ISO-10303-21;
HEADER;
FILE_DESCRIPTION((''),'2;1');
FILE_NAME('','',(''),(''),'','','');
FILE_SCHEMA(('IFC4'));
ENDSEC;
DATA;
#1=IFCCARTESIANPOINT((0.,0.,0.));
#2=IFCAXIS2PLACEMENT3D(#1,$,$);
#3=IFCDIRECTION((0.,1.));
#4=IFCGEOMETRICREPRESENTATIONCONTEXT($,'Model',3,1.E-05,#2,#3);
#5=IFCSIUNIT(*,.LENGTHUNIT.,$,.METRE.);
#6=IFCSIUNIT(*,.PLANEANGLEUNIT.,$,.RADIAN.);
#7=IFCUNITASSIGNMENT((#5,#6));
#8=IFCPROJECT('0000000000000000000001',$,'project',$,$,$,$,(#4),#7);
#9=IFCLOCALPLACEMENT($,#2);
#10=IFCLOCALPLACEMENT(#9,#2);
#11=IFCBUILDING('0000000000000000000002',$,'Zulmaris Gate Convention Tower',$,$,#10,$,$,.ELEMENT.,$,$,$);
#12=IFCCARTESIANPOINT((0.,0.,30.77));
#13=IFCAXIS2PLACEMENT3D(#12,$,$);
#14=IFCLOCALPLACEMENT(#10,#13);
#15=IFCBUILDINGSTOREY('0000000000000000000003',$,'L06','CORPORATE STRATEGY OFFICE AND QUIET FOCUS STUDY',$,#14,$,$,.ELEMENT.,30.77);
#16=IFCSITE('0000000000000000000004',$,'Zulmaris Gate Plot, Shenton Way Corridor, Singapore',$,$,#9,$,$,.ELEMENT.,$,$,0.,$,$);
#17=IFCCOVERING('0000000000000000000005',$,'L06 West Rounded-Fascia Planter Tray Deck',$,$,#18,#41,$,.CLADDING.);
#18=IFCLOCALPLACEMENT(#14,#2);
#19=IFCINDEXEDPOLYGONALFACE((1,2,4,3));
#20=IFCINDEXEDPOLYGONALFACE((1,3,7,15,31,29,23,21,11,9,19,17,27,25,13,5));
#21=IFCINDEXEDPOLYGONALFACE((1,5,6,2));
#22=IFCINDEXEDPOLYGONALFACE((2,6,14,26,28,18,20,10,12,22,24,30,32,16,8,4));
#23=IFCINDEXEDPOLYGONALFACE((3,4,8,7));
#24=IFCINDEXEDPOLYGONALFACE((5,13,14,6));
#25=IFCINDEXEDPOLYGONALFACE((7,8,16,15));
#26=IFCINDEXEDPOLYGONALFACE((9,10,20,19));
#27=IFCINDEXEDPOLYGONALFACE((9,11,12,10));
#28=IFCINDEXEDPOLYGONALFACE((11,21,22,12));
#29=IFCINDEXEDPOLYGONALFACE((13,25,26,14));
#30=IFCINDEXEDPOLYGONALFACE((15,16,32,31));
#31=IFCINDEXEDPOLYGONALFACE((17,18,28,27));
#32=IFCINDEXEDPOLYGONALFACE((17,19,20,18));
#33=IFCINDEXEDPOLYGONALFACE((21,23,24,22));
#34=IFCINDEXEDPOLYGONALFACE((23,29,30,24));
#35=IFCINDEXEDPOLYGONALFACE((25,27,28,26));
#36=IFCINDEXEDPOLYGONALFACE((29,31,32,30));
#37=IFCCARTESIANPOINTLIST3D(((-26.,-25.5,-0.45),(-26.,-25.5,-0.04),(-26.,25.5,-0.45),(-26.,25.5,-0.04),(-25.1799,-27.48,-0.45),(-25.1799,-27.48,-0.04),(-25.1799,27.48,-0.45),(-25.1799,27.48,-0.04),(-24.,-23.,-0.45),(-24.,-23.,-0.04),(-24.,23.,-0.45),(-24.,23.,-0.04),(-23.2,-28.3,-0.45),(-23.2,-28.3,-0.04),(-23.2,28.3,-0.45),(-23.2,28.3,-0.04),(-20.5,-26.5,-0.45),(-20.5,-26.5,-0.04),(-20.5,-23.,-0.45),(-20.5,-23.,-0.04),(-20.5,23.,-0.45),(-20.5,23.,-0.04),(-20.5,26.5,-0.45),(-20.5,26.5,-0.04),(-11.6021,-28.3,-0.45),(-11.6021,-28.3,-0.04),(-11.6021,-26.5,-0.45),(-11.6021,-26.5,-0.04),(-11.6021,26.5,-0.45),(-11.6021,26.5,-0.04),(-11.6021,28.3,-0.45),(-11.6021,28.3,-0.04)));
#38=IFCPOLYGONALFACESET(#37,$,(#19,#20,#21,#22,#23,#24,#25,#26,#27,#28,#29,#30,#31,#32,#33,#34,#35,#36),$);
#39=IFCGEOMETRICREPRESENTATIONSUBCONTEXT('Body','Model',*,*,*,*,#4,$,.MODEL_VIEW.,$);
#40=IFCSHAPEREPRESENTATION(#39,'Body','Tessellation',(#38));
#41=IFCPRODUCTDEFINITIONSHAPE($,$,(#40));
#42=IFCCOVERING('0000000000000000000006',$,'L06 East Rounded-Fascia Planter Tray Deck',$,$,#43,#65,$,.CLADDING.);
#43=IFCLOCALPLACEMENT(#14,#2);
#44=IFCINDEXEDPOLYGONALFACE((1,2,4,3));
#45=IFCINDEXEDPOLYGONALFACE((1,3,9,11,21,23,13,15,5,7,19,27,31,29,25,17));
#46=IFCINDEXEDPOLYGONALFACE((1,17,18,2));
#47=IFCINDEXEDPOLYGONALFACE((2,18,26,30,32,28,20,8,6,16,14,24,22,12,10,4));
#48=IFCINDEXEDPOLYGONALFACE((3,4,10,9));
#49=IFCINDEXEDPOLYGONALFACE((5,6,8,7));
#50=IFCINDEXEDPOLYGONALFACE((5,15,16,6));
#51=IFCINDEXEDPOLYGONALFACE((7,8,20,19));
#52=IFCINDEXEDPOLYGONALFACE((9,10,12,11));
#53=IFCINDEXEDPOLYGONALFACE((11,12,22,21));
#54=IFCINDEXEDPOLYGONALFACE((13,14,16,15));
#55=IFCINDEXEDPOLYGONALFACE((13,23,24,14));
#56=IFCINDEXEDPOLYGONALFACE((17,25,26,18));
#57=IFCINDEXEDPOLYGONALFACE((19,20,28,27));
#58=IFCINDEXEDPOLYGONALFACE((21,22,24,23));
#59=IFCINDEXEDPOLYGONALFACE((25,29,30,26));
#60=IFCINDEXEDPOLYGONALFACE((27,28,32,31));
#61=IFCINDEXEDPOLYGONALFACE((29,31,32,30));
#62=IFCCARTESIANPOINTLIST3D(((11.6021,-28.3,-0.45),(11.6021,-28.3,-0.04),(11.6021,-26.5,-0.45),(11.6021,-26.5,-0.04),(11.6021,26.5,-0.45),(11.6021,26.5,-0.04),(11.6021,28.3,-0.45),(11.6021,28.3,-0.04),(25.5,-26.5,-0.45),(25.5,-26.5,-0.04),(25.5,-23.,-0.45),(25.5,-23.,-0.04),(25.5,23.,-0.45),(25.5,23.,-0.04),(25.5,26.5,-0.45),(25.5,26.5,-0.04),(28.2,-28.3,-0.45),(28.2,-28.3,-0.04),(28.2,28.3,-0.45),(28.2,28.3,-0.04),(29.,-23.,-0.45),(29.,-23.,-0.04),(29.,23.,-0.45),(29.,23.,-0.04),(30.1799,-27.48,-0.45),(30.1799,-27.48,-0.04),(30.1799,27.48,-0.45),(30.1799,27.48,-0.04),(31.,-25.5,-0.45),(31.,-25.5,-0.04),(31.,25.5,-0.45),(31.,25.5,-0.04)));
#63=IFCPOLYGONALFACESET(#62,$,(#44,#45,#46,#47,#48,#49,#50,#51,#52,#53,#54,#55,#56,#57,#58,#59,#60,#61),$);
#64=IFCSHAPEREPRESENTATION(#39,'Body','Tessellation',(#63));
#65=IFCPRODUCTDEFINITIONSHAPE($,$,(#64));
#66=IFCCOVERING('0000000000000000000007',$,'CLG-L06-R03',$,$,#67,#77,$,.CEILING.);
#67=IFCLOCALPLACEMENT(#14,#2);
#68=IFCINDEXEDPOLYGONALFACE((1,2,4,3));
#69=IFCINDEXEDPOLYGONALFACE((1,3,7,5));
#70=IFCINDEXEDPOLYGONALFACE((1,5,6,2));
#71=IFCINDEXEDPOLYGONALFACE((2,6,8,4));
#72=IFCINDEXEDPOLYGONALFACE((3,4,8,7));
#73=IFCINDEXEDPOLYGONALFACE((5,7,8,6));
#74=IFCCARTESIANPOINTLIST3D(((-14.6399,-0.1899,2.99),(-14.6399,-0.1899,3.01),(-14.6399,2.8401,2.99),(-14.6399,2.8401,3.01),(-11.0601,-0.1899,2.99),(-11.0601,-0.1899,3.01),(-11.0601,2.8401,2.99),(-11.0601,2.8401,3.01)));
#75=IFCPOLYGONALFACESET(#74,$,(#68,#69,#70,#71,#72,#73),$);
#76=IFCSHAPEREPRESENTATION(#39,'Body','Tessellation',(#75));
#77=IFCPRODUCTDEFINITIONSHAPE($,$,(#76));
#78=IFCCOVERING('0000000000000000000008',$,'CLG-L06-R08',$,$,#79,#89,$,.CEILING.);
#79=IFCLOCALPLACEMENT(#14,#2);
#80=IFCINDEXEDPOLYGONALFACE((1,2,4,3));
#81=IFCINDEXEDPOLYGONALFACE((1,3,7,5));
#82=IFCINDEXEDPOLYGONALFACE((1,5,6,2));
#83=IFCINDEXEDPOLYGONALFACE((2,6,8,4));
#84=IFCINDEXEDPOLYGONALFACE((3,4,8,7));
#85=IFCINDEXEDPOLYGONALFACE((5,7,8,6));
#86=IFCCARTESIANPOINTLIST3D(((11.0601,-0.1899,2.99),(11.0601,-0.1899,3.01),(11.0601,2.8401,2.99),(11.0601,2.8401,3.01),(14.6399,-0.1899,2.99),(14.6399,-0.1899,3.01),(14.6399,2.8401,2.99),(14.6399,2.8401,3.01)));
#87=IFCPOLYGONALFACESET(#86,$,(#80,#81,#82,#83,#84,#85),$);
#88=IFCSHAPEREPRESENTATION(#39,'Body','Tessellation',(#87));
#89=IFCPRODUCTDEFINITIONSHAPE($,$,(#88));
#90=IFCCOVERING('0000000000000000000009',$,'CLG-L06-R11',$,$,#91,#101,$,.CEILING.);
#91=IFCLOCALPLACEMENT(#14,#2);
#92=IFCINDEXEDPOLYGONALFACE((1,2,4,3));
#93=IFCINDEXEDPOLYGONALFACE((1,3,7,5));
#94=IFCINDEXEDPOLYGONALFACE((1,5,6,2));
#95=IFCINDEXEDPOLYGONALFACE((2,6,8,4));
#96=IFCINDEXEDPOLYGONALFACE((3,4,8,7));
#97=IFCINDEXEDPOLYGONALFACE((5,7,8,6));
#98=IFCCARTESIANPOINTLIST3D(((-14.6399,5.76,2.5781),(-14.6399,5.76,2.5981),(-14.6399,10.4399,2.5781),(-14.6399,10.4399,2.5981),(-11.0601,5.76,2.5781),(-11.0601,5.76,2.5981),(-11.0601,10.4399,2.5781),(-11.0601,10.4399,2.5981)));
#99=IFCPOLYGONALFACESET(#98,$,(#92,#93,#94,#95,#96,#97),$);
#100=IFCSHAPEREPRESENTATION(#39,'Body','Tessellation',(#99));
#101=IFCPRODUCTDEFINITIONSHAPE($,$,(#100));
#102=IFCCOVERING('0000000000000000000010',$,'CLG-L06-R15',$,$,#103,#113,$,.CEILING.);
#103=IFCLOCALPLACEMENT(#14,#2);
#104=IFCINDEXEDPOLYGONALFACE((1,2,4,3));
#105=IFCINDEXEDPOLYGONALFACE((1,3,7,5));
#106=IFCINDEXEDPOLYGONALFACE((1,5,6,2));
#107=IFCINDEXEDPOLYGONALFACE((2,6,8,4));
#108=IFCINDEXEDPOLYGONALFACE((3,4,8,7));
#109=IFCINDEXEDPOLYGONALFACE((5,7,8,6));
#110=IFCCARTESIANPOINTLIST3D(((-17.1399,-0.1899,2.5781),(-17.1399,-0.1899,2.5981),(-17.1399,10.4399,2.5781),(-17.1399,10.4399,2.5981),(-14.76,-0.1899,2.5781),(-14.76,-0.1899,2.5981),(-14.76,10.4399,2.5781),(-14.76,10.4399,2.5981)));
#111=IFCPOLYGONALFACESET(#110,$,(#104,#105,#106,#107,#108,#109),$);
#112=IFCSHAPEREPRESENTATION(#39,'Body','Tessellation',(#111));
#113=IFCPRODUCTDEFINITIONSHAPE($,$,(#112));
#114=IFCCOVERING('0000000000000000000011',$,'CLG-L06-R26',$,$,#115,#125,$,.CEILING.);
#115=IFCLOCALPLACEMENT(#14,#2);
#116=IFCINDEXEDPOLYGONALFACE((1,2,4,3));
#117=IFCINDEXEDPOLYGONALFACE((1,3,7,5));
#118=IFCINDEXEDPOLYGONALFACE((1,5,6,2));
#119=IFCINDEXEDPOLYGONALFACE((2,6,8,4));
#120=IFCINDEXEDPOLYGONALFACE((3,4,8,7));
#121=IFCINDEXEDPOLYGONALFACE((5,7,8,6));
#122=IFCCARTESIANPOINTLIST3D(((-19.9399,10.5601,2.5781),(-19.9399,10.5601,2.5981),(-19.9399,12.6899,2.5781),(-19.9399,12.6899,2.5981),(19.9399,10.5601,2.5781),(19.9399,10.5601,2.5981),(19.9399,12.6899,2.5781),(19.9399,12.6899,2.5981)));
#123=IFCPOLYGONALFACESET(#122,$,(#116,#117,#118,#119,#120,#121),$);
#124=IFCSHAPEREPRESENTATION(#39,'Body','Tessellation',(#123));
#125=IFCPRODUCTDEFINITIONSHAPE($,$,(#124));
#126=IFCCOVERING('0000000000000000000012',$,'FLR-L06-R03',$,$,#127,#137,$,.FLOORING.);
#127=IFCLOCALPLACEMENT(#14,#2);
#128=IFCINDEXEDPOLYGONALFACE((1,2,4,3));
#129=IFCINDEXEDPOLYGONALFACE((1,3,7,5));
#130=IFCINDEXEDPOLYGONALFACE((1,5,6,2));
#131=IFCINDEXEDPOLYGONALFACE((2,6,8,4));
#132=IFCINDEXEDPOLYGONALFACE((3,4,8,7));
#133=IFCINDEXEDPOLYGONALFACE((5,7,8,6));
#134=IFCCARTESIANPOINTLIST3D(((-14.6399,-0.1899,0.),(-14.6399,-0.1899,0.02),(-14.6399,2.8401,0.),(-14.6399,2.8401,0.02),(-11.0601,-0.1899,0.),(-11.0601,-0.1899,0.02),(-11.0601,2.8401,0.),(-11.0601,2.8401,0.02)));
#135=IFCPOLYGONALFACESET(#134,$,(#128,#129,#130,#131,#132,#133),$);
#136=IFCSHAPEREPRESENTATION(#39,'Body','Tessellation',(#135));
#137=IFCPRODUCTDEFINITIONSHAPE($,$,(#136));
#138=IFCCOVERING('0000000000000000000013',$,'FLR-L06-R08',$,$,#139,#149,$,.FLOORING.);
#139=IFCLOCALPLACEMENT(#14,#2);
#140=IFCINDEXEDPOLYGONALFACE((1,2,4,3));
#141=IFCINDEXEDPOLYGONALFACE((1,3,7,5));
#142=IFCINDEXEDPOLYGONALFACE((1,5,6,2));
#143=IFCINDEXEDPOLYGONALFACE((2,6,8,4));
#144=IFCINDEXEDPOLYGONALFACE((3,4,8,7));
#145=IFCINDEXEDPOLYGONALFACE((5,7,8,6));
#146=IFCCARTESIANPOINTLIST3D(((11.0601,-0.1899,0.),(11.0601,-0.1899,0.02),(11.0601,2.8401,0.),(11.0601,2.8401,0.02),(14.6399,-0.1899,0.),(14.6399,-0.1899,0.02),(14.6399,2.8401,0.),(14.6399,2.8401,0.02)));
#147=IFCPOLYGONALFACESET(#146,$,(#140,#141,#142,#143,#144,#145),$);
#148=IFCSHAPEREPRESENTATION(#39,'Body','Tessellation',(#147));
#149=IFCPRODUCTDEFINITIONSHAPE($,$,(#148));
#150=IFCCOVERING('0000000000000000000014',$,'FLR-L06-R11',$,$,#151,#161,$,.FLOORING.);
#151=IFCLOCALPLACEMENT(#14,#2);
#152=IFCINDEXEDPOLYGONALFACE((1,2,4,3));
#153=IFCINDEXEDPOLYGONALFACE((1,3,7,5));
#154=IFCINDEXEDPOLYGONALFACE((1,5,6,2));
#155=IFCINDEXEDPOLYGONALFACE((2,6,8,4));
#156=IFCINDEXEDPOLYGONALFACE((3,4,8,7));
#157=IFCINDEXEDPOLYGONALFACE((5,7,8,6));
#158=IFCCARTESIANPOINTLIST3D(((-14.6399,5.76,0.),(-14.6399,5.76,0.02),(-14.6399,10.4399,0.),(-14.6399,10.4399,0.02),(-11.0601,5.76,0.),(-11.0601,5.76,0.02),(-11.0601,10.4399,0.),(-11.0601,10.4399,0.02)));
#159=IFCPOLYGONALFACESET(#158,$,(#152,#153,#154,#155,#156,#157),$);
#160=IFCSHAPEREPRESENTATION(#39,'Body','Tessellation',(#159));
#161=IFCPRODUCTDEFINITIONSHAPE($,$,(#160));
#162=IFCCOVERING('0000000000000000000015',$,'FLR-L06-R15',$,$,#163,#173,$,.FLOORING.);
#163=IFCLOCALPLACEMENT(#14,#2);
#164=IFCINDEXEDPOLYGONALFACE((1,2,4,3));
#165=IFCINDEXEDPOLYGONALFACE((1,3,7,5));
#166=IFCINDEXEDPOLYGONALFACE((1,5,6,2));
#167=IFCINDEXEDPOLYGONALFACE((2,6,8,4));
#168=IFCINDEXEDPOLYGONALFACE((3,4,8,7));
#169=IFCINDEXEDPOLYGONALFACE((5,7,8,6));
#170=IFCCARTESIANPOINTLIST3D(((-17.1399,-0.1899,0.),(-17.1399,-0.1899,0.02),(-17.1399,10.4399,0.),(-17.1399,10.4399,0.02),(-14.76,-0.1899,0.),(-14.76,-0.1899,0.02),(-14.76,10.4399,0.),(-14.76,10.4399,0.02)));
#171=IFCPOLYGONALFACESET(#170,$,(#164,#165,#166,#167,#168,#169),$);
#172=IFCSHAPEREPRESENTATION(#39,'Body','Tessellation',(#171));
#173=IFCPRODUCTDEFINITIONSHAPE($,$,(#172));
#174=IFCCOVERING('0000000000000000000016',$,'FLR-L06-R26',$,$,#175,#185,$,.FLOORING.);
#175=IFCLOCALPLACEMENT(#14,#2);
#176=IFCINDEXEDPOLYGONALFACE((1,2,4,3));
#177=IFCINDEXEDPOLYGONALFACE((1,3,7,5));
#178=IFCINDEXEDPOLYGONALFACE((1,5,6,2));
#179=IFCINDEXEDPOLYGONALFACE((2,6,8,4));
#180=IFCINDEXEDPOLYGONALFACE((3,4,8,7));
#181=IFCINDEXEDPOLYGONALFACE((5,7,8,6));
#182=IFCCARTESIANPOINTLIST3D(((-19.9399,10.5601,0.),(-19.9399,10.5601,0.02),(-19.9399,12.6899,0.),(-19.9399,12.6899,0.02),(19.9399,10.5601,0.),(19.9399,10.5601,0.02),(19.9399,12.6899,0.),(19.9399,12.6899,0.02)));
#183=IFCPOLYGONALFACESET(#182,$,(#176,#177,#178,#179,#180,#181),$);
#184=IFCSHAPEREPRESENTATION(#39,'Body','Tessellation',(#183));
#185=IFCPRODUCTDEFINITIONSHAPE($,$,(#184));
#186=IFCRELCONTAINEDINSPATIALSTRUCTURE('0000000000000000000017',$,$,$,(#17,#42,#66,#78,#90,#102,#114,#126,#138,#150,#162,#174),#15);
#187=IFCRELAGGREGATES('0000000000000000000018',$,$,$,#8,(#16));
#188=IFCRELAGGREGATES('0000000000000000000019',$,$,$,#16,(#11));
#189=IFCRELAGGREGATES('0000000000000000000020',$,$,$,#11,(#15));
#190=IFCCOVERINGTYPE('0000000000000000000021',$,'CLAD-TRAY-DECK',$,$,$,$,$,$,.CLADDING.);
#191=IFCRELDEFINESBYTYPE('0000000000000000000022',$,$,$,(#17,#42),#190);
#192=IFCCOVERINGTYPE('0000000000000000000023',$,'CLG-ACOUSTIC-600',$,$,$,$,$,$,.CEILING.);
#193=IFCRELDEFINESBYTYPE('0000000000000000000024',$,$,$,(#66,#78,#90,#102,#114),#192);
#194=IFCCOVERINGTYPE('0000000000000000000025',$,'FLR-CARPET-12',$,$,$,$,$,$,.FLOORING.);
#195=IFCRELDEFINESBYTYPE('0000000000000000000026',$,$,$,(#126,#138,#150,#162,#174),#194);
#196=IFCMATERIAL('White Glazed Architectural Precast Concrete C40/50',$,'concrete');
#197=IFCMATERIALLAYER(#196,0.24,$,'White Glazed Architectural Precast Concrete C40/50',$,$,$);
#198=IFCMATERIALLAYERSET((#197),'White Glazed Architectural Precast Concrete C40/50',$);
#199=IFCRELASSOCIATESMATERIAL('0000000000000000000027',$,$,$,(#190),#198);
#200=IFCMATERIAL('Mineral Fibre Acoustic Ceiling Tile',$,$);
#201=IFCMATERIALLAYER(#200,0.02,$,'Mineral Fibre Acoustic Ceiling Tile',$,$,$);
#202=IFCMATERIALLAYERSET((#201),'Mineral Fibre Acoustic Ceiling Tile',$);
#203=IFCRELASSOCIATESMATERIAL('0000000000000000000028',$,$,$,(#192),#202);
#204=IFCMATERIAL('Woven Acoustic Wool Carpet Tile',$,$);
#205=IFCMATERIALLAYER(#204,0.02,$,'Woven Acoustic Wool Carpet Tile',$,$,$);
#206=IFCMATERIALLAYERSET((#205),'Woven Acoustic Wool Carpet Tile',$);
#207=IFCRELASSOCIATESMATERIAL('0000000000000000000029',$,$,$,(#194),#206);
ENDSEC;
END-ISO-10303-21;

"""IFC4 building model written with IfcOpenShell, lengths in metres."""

from ifc_helpers import new_model, si_unit, direction, frame, origin, place, context, subcontext, project, spatial, polyline, outline, extrude, material, layer, layer_set, type_object, element, save


model = new_model("IFC4")

# Units and contexts
model_context = context("Model", 3, precision=1e-05, world=origin(), true_north=direction((0.0, 1.0)))
body_context = subcontext(model_context, "Body", "Model", "MODEL_VIEW")
ifc_project = project(units=[si_unit("LENGTHUNIT", "METRE"), si_unit("PLANEANGLEUNIT", "RADIAN")], contexts=[model_context])

# Site, building, storey
site_placement = place(None, origin())
site = spatial("IfcSite", under=ifc_project, at=site_placement, Name="Zulmaris Gate Plot, Shenton Way Corridor, Singapore", CompositionType="ELEMENT", RefElevation=0.0)
building_placement = place(site_placement, origin())
building = spatial("IfcBuilding", under=site, at=building_placement, Name="Zulmaris Gate Convention Tower", CompositionType="ELEMENT")
storey_placement = place(building_placement, frame((0.0, 0.0, 30.77)))
storey = spatial("IfcBuildingStorey", under=building, at=storey_placement, Name="L06", Description="CORPORATE STRATEGY OFFICE AND QUIET FOCUS STUDY", CompositionType="ELEMENT", Elevation=30.77)

# Coverings
ifc_material_1 = material(Name="White Glazed Architectural Precast Concrete C40/50", Category="concrete")
ifc_layer_1 = layer(ifc_material_1, 0.24, Name="White Glazed Architectural Precast Concrete C40/50")
ifc_layer_set_1 = layer_set([ifc_layer_1], Name="White Glazed Architectural Precast Concrete C40/50")
covering_type_1 = type_object("IfcCoveringType", Name="CLAD-TRAY-DECK", PredefinedType="CLADDING", material=ifc_layer_set_1)
covering_1_placement = place(storey_placement, frame((0.0, 0.0, -0.45)))
element("IfcCovering", 1, at=covering_1_placement, inside=storey, type_object=covering_type_1, Name="L06 West Rounded-Fascia Planter Tray Deck", PredefinedType="CLADDING", context=body_context, shape_type="SweptSolid", body=[
    extrude(outline(polyline([(-26.0, 25.5), (-25.1799, 27.48), (-23.2, 28.3), (-11.6021, 28.3), (-11.6021, 26.5), (-20.5, 26.5), (-20.5, 23.0), (-24.0, 23.0), (-24.0, -23.0), (-20.5, -23.0), (-20.5, -26.5), (-11.6021, -26.5), (-11.6021, -28.3), (-23.2, -28.3), (-25.1799, -27.48), (-26.0, -25.5), (-26.0, 25.5)])), origin(), (0.0, 0.0, 1.0), 0.4099),
])
covering_2_placement = place(storey_placement, frame((0.0, 0.0, -0.45)))
element("IfcCovering", 2, at=covering_2_placement, inside=storey, type_object=covering_type_1, Name="L06 East Rounded-Fascia Planter Tray Deck", PredefinedType="CLADDING", context=body_context, shape_type="SweptSolid", body=[
    extrude(outline(polyline([(28.2, 28.3), (30.1799, 27.48), (31.0, 25.5), (31.0, -25.5), (30.1799, -27.48), (28.2, -28.3), (11.6021, -28.3), (11.6021, -26.5), (25.5, -26.5), (25.5, -23.0), (29.0, -23.0), (29.0, 23.0), (25.5, 23.0), (25.5, 26.5), (11.6021, 26.5), (11.6021, 28.3), (28.2, 28.3)])), origin(), (0.0, 0.0, 1.0), 0.4099),
])
ifc_material_2 = material(Name="Mineral Fibre Acoustic Ceiling Tile")
ifc_layer_2 = layer(ifc_material_2, 0.02, Name="Mineral Fibre Acoustic Ceiling Tile")
ifc_layer_set_2 = layer_set([ifc_layer_2], Name="Mineral Fibre Acoustic Ceiling Tile")
covering_type_2 = type_object("IfcCoveringType", Name="CLG-ACOUSTIC-600", PredefinedType="CEILING", material=ifc_layer_set_2)
covering_3_placement = place(storey_placement, frame((0.0, 0.0, 2.99)))
element("IfcCovering", 3, at=covering_3_placement, inside=storey, type_object=covering_type_2, Name="CLG-L06-R03", PredefinedType="CEILING", context=body_context, shape_type="SweptSolid", body=[
    extrude(outline(polyline([(-14.6399, -0.1899), (-11.0601, -0.1899), (-11.0601, 2.8401), (-14.6399, 2.8401), (-14.6399, -0.1899)])), origin(), (0.0, 0.0, 1.0), 0.02),
])
covering_4_placement = place(storey_placement, frame((0.0, 0.0, 2.99)))
element("IfcCovering", 4, at=covering_4_placement, inside=storey, type_object=covering_type_2, Name="CLG-L06-R08", PredefinedType="CEILING", context=body_context, shape_type="SweptSolid", body=[
    extrude(outline(polyline([(11.0601, -0.1899), (14.6399, -0.1899), (14.6399, 2.8401), (11.0601, 2.8401), (11.0601, -0.1899)])), origin(), (0.0, 0.0, 1.0), 0.02),
])
covering_5_placement = place(storey_placement, frame((0.0, 0.0, 2.5781)))
element("IfcCovering", 5, at=covering_5_placement, inside=storey, type_object=covering_type_2, Name="CLG-L06-R11", PredefinedType="CEILING", context=body_context, shape_type="SweptSolid", body=[
    extrude(outline(polyline([(-14.6399, 5.76), (-11.0601, 5.76), (-11.0601, 10.4399), (-14.6399, 10.4399), (-14.6399, 5.76)])), origin(), (0.0, 0.0, 1.0), 0.02),
])
covering_6_placement = place(storey_placement, frame((0.0, 0.0, 2.5781)))
element("IfcCovering", 6, at=covering_6_placement, inside=storey, type_object=covering_type_2, Name="CLG-L06-R15", PredefinedType="CEILING", context=body_context, shape_type="SweptSolid", body=[
    extrude(outline(polyline([(-17.1399, -0.1899), (-14.76, -0.1899), (-14.76, 10.4399), (-17.1399, 10.4399), (-17.1399, -0.1899)])), origin(), (0.0, 0.0, 1.0), 0.02),
])
covering_7_placement = place(storey_placement, frame((0.0, 0.0, 2.5781)))
element("IfcCovering", 7, at=covering_7_placement, inside=storey, type_object=covering_type_2, Name="CLG-L06-R26", PredefinedType="CEILING", context=body_context, shape_type="SweptSolid", body=[
    extrude(outline(polyline([(-19.9399, 10.5601), (19.9399, 10.5601), (19.9399, 12.6899), (-19.9399, 12.6899), (-19.9399, 10.5601)])), origin(), (0.0, 0.0, 1.0), 0.02),
])
ifc_material_3 = material(Name="Woven Acoustic Wool Carpet Tile")
ifc_layer_3 = layer(ifc_material_3, 0.02, Name="Woven Acoustic Wool Carpet Tile")
ifc_layer_set_3 = layer_set([ifc_layer_3], Name="Woven Acoustic Wool Carpet Tile")
covering_type_3 = type_object("IfcCoveringType", Name="FLR-CARPET-12", PredefinedType="FLOORING", material=ifc_layer_set_3)
covering_8_placement = place(storey_placement, origin())
element("IfcCovering", 8, at=covering_8_placement, inside=storey, type_object=covering_type_3, Name="FLR-L06-R03", PredefinedType="FLOORING", context=body_context, shape_type="SweptSolid", body=[
    extrude(outline(polyline([(-14.6399, -0.1899), (-11.0601, -0.1899), (-11.0601, 2.8401), (-14.6399, 2.8401), (-14.6399, -0.1899)])), origin(), (0.0, 0.0, 1.0), 0.02),
])
covering_9_placement = place(storey_placement, origin())
element("IfcCovering", 9, at=covering_9_placement, inside=storey, type_object=covering_type_3, Name="FLR-L06-R08", PredefinedType="FLOORING", context=body_context, shape_type="SweptSolid", body=[
    extrude(outline(polyline([(11.0601, -0.1899), (14.6399, -0.1899), (14.6399, 2.8401), (11.0601, 2.8401), (11.0601, -0.1899)])), origin(), (0.0, 0.0, 1.0), 0.02),
])
covering_10_placement = place(storey_placement, origin())
element("IfcCovering", 10, at=covering_10_placement, inside=storey, type_object=covering_type_3, Name="FLR-L06-R11", PredefinedType="FLOORING", context=body_context, shape_type="SweptSolid", body=[
    extrude(outline(polyline([(-14.6399, 5.76), (-11.0601, 5.76), (-11.0601, 10.4399), (-14.6399, 10.4399), (-14.6399, 5.76)])), origin(), (0.0, 0.0, 1.0), 0.02),
])
covering_11_placement = place(storey_placement, origin())
element("IfcCovering", 11, at=covering_11_placement, inside=storey, type_object=covering_type_3, Name="FLR-L06-R15", PredefinedType="FLOORING", context=body_context, shape_type="SweptSolid", body=[
    extrude(outline(polyline([(-17.1399, -0.1899), (-14.76, -0.1899), (-14.76, 10.4399), (-17.1399, 10.4399), (-17.1399, -0.1899)])), origin(), (0.0, 0.0, 1.0), 0.02),
])
covering_12_placement = place(storey_placement, origin())
element("IfcCovering", 12, at=covering_12_placement, inside=storey, type_object=covering_type_3, Name="FLR-L06-R26", PredefinedType="FLOORING", context=body_context, shape_type="SweptSolid", body=[
    extrude(outline(polyline([(-19.9399, 10.5601), (19.9399, 10.5601), (19.9399, 12.6899), (-19.9399, 12.6899), (-19.9399, 10.5601)])), origin(), (0.0, 0.0, 1.0), 0.02),
])

save(model, "model.ifc")
